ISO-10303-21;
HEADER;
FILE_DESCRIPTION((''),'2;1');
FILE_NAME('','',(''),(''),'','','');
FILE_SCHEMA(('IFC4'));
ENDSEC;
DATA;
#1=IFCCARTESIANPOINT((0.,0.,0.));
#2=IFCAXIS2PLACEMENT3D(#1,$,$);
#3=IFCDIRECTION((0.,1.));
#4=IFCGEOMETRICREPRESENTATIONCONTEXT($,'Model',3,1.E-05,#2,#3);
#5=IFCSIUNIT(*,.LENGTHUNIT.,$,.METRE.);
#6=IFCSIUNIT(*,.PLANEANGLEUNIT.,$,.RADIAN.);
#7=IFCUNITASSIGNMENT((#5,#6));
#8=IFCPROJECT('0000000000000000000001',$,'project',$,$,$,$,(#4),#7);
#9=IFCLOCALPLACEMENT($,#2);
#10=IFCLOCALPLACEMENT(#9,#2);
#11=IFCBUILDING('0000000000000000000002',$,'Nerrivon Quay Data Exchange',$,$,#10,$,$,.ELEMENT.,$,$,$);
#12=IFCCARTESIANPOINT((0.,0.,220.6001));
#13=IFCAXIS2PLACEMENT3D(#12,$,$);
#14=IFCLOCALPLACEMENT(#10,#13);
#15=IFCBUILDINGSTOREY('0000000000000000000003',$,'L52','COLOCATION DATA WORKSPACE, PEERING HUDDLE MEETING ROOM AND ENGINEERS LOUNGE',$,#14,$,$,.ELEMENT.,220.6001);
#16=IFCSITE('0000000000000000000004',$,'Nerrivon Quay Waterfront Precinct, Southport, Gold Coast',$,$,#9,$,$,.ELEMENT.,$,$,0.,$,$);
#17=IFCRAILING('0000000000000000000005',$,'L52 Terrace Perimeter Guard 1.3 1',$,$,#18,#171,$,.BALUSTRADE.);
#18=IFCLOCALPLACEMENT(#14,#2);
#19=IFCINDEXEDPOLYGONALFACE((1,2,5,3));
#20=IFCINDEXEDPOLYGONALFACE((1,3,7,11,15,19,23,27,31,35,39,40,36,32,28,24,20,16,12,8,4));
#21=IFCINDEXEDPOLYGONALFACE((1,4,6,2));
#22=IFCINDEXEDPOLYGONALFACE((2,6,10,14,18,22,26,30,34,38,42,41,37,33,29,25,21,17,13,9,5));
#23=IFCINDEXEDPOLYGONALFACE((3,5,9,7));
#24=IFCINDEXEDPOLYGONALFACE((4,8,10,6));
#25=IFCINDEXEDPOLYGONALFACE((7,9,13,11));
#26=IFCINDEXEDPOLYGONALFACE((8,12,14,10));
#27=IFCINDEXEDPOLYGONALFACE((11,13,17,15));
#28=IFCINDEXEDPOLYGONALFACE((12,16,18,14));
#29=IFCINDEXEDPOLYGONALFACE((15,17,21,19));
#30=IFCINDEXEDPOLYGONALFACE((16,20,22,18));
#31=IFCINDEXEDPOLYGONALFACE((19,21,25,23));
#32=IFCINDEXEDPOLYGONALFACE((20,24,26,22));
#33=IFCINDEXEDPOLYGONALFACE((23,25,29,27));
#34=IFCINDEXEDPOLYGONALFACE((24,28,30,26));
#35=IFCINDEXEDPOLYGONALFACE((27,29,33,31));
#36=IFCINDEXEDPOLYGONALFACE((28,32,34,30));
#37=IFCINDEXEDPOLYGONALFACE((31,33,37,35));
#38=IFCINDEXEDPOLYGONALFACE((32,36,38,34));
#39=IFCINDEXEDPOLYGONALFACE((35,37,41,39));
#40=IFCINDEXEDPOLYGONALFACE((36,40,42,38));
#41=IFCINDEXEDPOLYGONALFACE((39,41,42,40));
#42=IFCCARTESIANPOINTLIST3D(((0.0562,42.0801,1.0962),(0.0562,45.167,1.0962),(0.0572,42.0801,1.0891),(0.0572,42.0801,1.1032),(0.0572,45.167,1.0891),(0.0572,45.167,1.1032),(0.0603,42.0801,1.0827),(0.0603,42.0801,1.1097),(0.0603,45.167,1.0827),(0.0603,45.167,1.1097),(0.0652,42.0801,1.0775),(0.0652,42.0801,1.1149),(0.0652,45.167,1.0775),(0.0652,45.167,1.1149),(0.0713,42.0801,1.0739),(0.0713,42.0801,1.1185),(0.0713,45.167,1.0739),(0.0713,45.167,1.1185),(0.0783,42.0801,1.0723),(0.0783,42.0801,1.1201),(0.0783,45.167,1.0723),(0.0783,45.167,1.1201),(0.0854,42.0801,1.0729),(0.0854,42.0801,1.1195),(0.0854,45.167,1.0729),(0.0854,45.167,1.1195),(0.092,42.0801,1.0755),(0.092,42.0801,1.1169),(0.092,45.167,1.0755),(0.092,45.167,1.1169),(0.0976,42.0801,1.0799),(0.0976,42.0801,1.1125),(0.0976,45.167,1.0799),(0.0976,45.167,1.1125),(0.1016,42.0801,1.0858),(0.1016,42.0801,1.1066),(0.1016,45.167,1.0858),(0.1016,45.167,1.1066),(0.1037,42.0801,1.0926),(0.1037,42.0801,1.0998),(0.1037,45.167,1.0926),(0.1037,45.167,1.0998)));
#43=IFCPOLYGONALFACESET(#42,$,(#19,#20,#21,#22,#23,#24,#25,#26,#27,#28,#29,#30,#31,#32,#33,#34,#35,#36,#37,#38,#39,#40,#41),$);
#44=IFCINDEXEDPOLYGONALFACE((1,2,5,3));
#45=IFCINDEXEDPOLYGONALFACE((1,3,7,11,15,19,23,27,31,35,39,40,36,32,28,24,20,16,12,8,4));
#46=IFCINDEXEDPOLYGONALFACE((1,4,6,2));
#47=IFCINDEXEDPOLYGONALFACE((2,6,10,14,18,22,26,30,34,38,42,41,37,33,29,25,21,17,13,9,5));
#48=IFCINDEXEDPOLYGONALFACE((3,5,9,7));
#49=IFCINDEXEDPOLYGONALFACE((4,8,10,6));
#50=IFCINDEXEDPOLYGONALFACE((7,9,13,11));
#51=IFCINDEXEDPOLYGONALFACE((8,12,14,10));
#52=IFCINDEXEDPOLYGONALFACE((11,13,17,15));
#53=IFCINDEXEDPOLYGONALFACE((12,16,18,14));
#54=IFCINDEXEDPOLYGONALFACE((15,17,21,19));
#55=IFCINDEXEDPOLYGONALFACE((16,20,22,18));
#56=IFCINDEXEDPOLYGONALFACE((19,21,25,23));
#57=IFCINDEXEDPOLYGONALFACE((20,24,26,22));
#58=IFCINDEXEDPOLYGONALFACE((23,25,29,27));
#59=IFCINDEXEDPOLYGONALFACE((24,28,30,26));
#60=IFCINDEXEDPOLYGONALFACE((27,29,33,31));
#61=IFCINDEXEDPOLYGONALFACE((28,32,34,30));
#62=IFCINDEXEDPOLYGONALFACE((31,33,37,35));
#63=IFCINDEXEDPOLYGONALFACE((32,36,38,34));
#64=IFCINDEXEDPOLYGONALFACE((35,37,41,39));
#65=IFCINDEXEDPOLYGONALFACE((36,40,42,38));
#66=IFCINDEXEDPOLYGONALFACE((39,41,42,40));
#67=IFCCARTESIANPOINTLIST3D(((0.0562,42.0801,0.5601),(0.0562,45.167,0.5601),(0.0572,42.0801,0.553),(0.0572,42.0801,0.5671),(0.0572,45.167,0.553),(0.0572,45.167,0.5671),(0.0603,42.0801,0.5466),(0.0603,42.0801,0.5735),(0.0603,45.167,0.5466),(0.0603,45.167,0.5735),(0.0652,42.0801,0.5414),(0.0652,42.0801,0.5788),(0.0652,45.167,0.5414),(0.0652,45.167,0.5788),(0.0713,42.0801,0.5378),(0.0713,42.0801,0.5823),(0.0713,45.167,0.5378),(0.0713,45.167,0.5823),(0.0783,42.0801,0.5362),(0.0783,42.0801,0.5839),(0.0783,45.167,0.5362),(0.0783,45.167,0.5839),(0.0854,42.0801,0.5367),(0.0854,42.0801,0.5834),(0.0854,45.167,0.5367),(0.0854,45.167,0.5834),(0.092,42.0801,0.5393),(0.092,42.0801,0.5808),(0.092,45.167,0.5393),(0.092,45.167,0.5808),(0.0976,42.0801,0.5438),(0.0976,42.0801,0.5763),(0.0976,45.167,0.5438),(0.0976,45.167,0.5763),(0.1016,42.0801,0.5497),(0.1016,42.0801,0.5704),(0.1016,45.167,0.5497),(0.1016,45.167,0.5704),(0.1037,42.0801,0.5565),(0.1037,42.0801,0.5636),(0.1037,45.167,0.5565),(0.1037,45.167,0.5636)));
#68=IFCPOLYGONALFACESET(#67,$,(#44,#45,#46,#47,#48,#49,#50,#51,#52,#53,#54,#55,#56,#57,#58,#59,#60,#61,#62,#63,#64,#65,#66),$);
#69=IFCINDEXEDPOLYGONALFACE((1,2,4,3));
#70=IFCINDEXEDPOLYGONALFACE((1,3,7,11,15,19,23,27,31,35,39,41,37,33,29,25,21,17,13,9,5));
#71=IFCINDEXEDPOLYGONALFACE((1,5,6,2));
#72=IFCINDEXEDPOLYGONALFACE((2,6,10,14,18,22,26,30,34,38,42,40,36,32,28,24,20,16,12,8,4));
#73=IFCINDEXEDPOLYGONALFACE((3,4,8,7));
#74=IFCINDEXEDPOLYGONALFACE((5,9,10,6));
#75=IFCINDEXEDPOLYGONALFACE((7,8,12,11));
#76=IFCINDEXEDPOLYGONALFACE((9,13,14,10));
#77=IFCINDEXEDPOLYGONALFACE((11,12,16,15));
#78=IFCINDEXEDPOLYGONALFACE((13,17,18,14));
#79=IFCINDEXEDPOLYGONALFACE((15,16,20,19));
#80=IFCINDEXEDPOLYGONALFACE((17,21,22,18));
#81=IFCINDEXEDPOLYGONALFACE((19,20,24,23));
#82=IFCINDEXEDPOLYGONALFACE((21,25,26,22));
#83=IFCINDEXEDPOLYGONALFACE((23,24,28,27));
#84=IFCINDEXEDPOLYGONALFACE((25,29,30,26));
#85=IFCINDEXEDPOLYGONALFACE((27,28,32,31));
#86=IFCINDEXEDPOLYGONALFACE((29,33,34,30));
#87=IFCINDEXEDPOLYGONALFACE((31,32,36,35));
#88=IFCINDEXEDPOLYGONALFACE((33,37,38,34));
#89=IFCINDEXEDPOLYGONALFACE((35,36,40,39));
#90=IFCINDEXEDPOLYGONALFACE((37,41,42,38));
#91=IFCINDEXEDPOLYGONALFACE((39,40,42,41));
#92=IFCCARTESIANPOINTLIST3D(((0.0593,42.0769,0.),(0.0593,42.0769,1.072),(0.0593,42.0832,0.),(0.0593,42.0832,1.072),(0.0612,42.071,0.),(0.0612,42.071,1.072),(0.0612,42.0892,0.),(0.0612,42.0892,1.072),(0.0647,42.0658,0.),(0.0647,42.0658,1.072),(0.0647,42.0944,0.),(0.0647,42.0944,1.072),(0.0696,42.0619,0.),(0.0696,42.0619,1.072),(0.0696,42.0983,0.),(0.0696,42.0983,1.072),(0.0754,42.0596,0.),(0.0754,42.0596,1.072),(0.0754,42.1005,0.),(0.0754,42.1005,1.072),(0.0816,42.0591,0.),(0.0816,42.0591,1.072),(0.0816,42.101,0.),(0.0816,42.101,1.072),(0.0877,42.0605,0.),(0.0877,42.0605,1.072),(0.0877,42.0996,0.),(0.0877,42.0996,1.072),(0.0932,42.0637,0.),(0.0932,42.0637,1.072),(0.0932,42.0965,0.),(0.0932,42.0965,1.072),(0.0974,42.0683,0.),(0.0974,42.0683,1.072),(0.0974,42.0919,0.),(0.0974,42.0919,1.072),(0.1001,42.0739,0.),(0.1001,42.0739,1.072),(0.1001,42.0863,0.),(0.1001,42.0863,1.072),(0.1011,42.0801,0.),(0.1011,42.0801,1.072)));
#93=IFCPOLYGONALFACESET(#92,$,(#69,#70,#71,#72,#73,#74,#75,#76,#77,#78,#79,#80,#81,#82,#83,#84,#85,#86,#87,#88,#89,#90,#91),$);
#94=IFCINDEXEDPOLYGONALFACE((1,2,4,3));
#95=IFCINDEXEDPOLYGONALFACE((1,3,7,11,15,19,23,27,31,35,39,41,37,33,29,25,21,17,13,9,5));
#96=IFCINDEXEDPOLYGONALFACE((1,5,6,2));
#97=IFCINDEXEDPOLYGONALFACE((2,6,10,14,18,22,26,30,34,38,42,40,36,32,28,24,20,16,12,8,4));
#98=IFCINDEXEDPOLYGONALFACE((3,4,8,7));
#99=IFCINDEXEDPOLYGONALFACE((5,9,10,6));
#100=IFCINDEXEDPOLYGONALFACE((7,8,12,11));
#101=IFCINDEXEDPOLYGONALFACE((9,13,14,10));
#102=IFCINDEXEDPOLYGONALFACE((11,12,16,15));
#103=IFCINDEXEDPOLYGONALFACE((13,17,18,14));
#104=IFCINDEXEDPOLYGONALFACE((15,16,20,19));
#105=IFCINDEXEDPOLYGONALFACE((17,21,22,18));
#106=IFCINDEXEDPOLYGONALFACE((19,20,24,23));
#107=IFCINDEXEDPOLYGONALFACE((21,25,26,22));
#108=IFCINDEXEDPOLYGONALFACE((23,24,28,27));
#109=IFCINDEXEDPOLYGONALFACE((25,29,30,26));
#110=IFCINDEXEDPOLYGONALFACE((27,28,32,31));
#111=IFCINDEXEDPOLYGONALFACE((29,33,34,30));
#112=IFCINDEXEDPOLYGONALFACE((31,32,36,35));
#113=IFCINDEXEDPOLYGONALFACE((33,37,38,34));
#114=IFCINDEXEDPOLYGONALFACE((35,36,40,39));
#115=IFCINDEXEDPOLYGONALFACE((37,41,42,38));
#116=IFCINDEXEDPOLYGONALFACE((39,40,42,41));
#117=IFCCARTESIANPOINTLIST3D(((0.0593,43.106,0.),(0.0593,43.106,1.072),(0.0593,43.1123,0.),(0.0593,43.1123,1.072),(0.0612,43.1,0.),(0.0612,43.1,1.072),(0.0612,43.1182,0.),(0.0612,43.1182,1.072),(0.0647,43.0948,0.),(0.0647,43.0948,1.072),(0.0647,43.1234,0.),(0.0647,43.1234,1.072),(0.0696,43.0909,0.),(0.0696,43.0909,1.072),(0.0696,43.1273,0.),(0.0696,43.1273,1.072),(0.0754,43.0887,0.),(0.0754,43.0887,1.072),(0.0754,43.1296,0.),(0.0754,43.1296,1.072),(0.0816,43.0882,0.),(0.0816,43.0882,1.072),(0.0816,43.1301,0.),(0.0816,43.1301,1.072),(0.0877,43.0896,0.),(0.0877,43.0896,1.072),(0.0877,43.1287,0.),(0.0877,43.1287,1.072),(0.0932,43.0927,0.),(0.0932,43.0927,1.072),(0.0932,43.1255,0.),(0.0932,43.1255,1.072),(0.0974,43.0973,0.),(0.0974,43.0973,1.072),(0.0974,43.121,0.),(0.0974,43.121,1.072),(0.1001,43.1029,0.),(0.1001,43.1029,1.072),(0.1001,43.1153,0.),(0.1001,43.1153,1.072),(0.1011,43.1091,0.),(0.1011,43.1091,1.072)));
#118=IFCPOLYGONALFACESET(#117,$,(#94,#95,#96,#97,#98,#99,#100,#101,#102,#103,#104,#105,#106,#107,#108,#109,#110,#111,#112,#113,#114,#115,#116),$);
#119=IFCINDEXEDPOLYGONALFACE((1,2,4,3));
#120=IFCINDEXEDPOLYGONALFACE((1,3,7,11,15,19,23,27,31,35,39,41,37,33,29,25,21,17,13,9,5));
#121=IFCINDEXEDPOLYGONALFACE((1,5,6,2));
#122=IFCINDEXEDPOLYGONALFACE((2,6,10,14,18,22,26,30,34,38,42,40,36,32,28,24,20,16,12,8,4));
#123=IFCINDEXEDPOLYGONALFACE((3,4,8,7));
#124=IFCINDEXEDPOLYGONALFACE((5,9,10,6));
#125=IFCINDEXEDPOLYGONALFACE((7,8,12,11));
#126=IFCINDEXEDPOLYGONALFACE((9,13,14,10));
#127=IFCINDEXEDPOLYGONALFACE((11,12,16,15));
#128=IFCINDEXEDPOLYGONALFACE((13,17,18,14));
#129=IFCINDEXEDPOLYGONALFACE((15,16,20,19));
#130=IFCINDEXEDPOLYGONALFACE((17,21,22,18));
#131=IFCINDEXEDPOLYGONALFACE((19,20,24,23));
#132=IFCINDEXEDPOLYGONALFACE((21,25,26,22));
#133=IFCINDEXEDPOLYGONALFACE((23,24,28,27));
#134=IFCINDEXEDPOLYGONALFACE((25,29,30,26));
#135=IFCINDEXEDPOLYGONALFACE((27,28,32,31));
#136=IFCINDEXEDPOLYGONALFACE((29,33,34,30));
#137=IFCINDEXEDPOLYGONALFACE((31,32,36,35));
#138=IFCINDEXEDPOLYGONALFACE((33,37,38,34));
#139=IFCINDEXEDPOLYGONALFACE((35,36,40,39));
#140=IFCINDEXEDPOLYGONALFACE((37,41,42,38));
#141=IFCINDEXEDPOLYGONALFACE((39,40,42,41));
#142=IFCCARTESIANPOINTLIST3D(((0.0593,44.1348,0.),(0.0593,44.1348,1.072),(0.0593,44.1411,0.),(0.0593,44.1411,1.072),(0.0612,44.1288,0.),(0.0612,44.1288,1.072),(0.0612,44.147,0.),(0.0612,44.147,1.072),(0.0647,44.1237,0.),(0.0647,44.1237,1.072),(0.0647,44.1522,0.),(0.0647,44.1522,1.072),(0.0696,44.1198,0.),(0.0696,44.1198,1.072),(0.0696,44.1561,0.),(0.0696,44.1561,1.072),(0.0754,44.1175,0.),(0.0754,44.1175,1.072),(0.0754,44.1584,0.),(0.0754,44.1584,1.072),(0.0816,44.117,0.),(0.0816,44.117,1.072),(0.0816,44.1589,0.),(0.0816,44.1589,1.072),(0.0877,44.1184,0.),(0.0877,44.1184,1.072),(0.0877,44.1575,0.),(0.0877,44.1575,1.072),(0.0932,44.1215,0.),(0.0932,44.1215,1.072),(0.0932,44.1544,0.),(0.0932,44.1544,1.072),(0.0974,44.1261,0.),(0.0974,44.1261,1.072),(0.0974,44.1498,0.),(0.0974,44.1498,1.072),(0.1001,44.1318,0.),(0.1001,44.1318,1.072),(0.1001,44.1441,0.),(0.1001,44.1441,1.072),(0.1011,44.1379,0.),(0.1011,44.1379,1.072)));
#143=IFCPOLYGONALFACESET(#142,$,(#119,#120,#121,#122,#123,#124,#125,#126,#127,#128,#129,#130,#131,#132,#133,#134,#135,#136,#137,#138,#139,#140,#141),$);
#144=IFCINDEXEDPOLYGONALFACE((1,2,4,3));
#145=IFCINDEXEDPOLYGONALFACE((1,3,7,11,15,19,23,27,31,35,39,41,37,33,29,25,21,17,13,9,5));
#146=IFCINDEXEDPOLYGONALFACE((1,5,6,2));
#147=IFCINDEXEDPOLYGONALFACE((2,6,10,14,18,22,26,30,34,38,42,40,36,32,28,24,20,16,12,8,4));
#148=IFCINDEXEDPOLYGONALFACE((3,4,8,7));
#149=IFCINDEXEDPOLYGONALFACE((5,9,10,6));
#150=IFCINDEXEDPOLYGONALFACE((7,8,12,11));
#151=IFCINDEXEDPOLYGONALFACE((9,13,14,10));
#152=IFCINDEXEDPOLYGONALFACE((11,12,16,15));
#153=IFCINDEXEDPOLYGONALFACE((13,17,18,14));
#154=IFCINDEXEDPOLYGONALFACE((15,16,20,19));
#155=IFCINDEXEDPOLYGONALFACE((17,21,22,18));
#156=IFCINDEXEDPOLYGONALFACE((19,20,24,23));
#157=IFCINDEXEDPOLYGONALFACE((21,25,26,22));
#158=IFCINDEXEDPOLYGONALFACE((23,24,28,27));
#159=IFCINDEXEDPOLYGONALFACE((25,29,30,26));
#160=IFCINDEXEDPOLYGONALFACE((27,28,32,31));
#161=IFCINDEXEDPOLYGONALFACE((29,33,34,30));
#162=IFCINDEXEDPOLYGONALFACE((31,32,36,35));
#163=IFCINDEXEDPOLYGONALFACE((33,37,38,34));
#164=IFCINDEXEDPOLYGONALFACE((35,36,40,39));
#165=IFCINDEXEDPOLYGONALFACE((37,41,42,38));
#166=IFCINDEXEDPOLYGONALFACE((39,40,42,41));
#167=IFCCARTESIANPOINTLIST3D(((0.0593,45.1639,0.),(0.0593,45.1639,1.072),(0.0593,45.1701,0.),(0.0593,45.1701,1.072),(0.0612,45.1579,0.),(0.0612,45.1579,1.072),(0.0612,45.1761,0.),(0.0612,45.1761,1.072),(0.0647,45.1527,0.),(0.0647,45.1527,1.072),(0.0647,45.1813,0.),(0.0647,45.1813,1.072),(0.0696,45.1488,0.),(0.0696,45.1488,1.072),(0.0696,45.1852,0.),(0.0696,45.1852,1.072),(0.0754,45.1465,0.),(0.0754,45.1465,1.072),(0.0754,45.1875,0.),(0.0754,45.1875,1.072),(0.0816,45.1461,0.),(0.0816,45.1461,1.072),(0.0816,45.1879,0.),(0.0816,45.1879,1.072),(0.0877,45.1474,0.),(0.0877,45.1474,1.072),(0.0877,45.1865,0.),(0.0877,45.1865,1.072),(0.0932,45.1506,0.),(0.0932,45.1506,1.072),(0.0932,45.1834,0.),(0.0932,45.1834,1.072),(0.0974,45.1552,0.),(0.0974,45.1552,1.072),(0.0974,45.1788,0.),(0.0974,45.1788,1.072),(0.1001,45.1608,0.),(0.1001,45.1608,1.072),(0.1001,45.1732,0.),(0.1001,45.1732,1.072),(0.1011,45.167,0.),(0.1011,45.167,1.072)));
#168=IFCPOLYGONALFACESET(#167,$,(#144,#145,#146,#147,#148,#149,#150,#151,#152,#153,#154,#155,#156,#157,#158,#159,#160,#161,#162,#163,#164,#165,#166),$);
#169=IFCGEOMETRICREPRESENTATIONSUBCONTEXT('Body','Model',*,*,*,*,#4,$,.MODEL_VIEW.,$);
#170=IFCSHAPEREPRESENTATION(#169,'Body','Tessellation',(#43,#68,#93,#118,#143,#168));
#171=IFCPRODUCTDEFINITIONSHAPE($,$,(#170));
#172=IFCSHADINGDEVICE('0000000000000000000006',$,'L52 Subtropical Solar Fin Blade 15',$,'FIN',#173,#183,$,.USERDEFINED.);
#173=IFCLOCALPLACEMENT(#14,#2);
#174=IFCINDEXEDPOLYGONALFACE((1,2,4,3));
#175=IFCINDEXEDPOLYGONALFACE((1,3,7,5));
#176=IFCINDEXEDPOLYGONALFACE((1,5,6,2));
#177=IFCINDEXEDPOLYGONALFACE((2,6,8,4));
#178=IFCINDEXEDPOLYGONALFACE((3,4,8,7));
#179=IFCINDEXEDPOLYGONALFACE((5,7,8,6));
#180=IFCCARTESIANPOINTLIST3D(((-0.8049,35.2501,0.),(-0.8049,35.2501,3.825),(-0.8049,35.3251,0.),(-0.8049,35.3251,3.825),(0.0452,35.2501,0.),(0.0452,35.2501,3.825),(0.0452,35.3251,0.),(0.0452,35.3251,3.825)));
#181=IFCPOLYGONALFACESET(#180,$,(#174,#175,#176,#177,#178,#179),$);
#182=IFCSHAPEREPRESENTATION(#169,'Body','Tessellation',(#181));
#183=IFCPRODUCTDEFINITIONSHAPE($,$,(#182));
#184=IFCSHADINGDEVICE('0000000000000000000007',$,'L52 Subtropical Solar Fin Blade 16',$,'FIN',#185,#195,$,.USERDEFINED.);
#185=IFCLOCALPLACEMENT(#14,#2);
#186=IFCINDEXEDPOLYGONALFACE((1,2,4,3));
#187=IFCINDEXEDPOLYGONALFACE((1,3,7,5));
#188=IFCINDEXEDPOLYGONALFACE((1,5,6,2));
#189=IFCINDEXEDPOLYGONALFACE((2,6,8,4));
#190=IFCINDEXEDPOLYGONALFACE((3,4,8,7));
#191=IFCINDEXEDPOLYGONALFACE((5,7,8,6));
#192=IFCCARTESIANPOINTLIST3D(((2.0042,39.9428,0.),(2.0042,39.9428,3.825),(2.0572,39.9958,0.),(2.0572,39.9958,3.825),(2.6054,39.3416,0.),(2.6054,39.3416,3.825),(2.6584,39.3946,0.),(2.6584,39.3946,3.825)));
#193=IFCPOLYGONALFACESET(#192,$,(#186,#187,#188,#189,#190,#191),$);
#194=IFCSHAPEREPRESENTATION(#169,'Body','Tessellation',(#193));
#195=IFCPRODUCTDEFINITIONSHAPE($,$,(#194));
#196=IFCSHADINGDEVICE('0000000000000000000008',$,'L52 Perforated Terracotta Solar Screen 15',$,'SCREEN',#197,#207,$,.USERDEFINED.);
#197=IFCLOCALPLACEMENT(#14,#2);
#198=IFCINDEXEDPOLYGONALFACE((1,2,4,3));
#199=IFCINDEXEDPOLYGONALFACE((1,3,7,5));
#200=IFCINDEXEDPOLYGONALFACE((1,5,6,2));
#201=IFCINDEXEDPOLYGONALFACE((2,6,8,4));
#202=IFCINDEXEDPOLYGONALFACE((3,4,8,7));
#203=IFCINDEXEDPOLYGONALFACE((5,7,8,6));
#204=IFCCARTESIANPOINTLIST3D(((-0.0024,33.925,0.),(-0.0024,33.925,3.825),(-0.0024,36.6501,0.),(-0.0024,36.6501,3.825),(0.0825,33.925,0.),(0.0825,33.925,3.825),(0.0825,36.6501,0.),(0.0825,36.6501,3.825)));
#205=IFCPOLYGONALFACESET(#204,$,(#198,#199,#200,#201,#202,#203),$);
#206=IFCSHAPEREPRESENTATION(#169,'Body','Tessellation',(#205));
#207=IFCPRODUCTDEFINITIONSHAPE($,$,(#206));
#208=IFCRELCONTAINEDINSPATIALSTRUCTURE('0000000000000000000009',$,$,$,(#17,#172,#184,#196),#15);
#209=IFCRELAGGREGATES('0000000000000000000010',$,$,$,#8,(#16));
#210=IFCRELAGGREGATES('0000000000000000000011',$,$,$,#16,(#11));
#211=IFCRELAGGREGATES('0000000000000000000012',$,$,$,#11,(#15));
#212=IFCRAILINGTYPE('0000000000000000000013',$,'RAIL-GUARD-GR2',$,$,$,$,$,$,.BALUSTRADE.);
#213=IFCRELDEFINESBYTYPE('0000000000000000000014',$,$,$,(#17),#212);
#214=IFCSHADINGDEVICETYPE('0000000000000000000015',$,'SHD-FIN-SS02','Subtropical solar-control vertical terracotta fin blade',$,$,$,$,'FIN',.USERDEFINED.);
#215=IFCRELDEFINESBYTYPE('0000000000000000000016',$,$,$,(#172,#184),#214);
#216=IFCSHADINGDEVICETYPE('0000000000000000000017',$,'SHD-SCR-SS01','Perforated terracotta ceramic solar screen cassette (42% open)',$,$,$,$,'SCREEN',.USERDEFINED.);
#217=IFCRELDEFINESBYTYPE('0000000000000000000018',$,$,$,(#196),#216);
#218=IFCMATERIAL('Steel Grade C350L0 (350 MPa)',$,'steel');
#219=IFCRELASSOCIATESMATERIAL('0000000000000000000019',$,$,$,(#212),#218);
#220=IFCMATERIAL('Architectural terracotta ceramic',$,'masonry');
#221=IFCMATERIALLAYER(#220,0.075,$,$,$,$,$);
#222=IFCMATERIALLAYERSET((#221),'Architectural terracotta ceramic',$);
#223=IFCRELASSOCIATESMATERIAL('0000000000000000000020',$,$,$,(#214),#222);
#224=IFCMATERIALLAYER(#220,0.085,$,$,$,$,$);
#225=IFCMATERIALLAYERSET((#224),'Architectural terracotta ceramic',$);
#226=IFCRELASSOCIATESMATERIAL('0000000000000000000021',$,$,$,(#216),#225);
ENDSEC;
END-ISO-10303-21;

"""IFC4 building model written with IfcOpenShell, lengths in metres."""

from ifc_helpers import new_model, si_unit, direction, frame, origin, origin_2d, place, context, subcontext, project, spatial, rectangle, circle, extrude, material, layer, layer_set, type_object, element, save


model = new_model("IFC4")

# Units and contexts
model_context = context("Model", 3, precision=1e-05, world=origin(), true_north=direction((0.0, 1.0)))
body_context = subcontext(model_context, "Body", "Model", "MODEL_VIEW")
ifc_project = project(units=[si_unit("LENGTHUNIT", "METRE"), si_unit("PLANEANGLEUNIT", "RADIAN")], contexts=[model_context])

# Site, building, storey
site_placement = place(None, origin())
site = spatial("IfcSite", under=ifc_project, at=site_placement, Name="Nerrivon Quay Waterfront Precinct, Southport, Gold Coast", CompositionType="ELEMENT", RefElevation=0.0)
building_placement = place(site_placement, origin())
building = spatial("IfcBuilding", under=site, at=building_placement, Name="Nerrivon Quay Data Exchange", CompositionType="ELEMENT")
storey_placement = place(building_placement, frame((0.0, 0.0, 220.6001)))
storey = spatial("IfcBuildingStorey", under=building, at=storey_placement, Name="L52", Description="COLOCATION DATA WORKSPACE, PEERING HUDDLE MEETING ROOM AND ENGINEERS LOUNGE", CompositionType="ELEMENT", Elevation=220.6001)

# Shared definitions
ifc_material_1 = material(Name="Architectural terracotta ceramic", Category="masonry")

# Railing
ifc_material_2 = material(Name="Steel Grade C350L0 (350 MPa)", Category="steel")
railing_type = type_object("IfcRailingType", Name="RAIL-GUARD-GR2", PredefinedType="BALUSTRADE", material=ifc_material_2)
railing_1_placement = place(storey_placement, frame((0.0801, 42.0801, 0.0)))
element("IfcRailing", 1, at=railing_1_placement, inside=storey, type_object=railing_type, Name="L52 Terrace Perimeter Guard 1.3 1", PredefinedType="BALUSTRADE", context=body_context, shape_type="SweptSolid", body=[
    extrude(circle(Radius=0.0239, at=origin_2d()), frame((0.0, 0.0, 1.0962), z_axis=(0.0, 1.0, 0.0), x_axis=(-1.0, 0.0, 0.0)), (0.0, 0.0, 1.0), 3.0869),
    extrude(circle(Radius=0.0239, at=origin_2d()), frame((0.0, 0.0, 0.5601), z_axis=(0.0, 1.0, 0.0), x_axis=(-1.0, 0.0, 0.0)), (0.0, 0.0, 1.0), 3.0869),
    extrude(circle(Radius=0.021, at=origin_2d()), origin(), (0.0, 0.0, 1.0), 1.072),
    extrude(circle(Radius=0.021, at=origin_2d()), frame((0.0, 1.0291, 0.0)), (0.0, 0.0, 1.0), 1.072),
    extrude(circle(Radius=0.021, at=origin_2d()), frame((0.0, 2.0579, 0.0)), (0.0, 0.0, 1.0), 1.072),
    extrude(circle(Radius=0.021, at=origin_2d()), frame((0.0, 3.0869, 0.0)), (0.0, 0.0, 1.0), 1.072),
])

# Shading devices
ifc_layer_1 = layer(ifc_material_1, 0.075)
ifc_layer_set_1 = layer_set([ifc_layer_1], Name="Architectural terracotta ceramic")
shading_device_type_1 = type_object("IfcShadingDeviceType", Name="SHD-FIN-SS02", Description="Subtropical solar-control vertical terracotta fin blade", ElementType="FIN", PredefinedType="USERDEFINED", material=ifc_layer_set_1)
for number, where, z_axis, x_axis, name in (
    (2, (-0.3799, 35.2876, 0.0), (0.0, 0.0, 1.0), (0.0, 1.0, 0.0), "L52 Subtropical Solar Fin Blade 15"),
    (3, (2.3313, 39.6687, 0.0), (0.0, 0.0, 1.0), (0.707107, 0.707107, 0.0), "L52 Subtropical Solar Fin Blade 16"),
):
    element("IfcShadingDevice", number, at=place(storey_placement, frame(where, z_axis=z_axis, x_axis=x_axis)), inside=storey, type_object=shading_device_type_1, Name=name, ObjectType="FIN", PredefinedType="USERDEFINED", context=body_context, shape_type="SweptSolid", body=[
        extrude(rectangle(XDim=0.075, YDim=0.8501, at=origin_2d()), origin(), (0.0, 0.0, 1.0), 3.825),
    ])
ifc_layer_2 = layer(ifc_material_1, 0.085)
ifc_layer_set_2 = layer_set([ifc_layer_2], Name="Architectural terracotta ceramic")
shading_device_type_2 = type_object("IfcShadingDeviceType", Name="SHD-SCR-SS01", Description="Perforated terracotta ceramic solar screen cassette (42% open)", ElementType="SCREEN", PredefinedType="USERDEFINED", material=ifc_layer_set_2)
shading_device_1_placement = place(storey_placement, frame((0.04, 35.2876, 0.0), z_axis=(0.0, 0.0, 1.0), x_axis=(0.0, 1.0, 0.0)))
element("IfcShadingDevice", 4, at=shading_device_1_placement, inside=storey, type_object=shading_device_type_2, Name="L52 Perforated Terracotta Solar Screen 15", ObjectType="SCREEN", PredefinedType="USERDEFINED", context=body_context, shape_type="SweptSolid", body=[
    extrude(rectangle(XDim=2.7251, YDim=0.085, at=origin_2d()), origin(), (0.0, 0.0, 1.0), 3.825),
])

save(model, "model.ifc")
